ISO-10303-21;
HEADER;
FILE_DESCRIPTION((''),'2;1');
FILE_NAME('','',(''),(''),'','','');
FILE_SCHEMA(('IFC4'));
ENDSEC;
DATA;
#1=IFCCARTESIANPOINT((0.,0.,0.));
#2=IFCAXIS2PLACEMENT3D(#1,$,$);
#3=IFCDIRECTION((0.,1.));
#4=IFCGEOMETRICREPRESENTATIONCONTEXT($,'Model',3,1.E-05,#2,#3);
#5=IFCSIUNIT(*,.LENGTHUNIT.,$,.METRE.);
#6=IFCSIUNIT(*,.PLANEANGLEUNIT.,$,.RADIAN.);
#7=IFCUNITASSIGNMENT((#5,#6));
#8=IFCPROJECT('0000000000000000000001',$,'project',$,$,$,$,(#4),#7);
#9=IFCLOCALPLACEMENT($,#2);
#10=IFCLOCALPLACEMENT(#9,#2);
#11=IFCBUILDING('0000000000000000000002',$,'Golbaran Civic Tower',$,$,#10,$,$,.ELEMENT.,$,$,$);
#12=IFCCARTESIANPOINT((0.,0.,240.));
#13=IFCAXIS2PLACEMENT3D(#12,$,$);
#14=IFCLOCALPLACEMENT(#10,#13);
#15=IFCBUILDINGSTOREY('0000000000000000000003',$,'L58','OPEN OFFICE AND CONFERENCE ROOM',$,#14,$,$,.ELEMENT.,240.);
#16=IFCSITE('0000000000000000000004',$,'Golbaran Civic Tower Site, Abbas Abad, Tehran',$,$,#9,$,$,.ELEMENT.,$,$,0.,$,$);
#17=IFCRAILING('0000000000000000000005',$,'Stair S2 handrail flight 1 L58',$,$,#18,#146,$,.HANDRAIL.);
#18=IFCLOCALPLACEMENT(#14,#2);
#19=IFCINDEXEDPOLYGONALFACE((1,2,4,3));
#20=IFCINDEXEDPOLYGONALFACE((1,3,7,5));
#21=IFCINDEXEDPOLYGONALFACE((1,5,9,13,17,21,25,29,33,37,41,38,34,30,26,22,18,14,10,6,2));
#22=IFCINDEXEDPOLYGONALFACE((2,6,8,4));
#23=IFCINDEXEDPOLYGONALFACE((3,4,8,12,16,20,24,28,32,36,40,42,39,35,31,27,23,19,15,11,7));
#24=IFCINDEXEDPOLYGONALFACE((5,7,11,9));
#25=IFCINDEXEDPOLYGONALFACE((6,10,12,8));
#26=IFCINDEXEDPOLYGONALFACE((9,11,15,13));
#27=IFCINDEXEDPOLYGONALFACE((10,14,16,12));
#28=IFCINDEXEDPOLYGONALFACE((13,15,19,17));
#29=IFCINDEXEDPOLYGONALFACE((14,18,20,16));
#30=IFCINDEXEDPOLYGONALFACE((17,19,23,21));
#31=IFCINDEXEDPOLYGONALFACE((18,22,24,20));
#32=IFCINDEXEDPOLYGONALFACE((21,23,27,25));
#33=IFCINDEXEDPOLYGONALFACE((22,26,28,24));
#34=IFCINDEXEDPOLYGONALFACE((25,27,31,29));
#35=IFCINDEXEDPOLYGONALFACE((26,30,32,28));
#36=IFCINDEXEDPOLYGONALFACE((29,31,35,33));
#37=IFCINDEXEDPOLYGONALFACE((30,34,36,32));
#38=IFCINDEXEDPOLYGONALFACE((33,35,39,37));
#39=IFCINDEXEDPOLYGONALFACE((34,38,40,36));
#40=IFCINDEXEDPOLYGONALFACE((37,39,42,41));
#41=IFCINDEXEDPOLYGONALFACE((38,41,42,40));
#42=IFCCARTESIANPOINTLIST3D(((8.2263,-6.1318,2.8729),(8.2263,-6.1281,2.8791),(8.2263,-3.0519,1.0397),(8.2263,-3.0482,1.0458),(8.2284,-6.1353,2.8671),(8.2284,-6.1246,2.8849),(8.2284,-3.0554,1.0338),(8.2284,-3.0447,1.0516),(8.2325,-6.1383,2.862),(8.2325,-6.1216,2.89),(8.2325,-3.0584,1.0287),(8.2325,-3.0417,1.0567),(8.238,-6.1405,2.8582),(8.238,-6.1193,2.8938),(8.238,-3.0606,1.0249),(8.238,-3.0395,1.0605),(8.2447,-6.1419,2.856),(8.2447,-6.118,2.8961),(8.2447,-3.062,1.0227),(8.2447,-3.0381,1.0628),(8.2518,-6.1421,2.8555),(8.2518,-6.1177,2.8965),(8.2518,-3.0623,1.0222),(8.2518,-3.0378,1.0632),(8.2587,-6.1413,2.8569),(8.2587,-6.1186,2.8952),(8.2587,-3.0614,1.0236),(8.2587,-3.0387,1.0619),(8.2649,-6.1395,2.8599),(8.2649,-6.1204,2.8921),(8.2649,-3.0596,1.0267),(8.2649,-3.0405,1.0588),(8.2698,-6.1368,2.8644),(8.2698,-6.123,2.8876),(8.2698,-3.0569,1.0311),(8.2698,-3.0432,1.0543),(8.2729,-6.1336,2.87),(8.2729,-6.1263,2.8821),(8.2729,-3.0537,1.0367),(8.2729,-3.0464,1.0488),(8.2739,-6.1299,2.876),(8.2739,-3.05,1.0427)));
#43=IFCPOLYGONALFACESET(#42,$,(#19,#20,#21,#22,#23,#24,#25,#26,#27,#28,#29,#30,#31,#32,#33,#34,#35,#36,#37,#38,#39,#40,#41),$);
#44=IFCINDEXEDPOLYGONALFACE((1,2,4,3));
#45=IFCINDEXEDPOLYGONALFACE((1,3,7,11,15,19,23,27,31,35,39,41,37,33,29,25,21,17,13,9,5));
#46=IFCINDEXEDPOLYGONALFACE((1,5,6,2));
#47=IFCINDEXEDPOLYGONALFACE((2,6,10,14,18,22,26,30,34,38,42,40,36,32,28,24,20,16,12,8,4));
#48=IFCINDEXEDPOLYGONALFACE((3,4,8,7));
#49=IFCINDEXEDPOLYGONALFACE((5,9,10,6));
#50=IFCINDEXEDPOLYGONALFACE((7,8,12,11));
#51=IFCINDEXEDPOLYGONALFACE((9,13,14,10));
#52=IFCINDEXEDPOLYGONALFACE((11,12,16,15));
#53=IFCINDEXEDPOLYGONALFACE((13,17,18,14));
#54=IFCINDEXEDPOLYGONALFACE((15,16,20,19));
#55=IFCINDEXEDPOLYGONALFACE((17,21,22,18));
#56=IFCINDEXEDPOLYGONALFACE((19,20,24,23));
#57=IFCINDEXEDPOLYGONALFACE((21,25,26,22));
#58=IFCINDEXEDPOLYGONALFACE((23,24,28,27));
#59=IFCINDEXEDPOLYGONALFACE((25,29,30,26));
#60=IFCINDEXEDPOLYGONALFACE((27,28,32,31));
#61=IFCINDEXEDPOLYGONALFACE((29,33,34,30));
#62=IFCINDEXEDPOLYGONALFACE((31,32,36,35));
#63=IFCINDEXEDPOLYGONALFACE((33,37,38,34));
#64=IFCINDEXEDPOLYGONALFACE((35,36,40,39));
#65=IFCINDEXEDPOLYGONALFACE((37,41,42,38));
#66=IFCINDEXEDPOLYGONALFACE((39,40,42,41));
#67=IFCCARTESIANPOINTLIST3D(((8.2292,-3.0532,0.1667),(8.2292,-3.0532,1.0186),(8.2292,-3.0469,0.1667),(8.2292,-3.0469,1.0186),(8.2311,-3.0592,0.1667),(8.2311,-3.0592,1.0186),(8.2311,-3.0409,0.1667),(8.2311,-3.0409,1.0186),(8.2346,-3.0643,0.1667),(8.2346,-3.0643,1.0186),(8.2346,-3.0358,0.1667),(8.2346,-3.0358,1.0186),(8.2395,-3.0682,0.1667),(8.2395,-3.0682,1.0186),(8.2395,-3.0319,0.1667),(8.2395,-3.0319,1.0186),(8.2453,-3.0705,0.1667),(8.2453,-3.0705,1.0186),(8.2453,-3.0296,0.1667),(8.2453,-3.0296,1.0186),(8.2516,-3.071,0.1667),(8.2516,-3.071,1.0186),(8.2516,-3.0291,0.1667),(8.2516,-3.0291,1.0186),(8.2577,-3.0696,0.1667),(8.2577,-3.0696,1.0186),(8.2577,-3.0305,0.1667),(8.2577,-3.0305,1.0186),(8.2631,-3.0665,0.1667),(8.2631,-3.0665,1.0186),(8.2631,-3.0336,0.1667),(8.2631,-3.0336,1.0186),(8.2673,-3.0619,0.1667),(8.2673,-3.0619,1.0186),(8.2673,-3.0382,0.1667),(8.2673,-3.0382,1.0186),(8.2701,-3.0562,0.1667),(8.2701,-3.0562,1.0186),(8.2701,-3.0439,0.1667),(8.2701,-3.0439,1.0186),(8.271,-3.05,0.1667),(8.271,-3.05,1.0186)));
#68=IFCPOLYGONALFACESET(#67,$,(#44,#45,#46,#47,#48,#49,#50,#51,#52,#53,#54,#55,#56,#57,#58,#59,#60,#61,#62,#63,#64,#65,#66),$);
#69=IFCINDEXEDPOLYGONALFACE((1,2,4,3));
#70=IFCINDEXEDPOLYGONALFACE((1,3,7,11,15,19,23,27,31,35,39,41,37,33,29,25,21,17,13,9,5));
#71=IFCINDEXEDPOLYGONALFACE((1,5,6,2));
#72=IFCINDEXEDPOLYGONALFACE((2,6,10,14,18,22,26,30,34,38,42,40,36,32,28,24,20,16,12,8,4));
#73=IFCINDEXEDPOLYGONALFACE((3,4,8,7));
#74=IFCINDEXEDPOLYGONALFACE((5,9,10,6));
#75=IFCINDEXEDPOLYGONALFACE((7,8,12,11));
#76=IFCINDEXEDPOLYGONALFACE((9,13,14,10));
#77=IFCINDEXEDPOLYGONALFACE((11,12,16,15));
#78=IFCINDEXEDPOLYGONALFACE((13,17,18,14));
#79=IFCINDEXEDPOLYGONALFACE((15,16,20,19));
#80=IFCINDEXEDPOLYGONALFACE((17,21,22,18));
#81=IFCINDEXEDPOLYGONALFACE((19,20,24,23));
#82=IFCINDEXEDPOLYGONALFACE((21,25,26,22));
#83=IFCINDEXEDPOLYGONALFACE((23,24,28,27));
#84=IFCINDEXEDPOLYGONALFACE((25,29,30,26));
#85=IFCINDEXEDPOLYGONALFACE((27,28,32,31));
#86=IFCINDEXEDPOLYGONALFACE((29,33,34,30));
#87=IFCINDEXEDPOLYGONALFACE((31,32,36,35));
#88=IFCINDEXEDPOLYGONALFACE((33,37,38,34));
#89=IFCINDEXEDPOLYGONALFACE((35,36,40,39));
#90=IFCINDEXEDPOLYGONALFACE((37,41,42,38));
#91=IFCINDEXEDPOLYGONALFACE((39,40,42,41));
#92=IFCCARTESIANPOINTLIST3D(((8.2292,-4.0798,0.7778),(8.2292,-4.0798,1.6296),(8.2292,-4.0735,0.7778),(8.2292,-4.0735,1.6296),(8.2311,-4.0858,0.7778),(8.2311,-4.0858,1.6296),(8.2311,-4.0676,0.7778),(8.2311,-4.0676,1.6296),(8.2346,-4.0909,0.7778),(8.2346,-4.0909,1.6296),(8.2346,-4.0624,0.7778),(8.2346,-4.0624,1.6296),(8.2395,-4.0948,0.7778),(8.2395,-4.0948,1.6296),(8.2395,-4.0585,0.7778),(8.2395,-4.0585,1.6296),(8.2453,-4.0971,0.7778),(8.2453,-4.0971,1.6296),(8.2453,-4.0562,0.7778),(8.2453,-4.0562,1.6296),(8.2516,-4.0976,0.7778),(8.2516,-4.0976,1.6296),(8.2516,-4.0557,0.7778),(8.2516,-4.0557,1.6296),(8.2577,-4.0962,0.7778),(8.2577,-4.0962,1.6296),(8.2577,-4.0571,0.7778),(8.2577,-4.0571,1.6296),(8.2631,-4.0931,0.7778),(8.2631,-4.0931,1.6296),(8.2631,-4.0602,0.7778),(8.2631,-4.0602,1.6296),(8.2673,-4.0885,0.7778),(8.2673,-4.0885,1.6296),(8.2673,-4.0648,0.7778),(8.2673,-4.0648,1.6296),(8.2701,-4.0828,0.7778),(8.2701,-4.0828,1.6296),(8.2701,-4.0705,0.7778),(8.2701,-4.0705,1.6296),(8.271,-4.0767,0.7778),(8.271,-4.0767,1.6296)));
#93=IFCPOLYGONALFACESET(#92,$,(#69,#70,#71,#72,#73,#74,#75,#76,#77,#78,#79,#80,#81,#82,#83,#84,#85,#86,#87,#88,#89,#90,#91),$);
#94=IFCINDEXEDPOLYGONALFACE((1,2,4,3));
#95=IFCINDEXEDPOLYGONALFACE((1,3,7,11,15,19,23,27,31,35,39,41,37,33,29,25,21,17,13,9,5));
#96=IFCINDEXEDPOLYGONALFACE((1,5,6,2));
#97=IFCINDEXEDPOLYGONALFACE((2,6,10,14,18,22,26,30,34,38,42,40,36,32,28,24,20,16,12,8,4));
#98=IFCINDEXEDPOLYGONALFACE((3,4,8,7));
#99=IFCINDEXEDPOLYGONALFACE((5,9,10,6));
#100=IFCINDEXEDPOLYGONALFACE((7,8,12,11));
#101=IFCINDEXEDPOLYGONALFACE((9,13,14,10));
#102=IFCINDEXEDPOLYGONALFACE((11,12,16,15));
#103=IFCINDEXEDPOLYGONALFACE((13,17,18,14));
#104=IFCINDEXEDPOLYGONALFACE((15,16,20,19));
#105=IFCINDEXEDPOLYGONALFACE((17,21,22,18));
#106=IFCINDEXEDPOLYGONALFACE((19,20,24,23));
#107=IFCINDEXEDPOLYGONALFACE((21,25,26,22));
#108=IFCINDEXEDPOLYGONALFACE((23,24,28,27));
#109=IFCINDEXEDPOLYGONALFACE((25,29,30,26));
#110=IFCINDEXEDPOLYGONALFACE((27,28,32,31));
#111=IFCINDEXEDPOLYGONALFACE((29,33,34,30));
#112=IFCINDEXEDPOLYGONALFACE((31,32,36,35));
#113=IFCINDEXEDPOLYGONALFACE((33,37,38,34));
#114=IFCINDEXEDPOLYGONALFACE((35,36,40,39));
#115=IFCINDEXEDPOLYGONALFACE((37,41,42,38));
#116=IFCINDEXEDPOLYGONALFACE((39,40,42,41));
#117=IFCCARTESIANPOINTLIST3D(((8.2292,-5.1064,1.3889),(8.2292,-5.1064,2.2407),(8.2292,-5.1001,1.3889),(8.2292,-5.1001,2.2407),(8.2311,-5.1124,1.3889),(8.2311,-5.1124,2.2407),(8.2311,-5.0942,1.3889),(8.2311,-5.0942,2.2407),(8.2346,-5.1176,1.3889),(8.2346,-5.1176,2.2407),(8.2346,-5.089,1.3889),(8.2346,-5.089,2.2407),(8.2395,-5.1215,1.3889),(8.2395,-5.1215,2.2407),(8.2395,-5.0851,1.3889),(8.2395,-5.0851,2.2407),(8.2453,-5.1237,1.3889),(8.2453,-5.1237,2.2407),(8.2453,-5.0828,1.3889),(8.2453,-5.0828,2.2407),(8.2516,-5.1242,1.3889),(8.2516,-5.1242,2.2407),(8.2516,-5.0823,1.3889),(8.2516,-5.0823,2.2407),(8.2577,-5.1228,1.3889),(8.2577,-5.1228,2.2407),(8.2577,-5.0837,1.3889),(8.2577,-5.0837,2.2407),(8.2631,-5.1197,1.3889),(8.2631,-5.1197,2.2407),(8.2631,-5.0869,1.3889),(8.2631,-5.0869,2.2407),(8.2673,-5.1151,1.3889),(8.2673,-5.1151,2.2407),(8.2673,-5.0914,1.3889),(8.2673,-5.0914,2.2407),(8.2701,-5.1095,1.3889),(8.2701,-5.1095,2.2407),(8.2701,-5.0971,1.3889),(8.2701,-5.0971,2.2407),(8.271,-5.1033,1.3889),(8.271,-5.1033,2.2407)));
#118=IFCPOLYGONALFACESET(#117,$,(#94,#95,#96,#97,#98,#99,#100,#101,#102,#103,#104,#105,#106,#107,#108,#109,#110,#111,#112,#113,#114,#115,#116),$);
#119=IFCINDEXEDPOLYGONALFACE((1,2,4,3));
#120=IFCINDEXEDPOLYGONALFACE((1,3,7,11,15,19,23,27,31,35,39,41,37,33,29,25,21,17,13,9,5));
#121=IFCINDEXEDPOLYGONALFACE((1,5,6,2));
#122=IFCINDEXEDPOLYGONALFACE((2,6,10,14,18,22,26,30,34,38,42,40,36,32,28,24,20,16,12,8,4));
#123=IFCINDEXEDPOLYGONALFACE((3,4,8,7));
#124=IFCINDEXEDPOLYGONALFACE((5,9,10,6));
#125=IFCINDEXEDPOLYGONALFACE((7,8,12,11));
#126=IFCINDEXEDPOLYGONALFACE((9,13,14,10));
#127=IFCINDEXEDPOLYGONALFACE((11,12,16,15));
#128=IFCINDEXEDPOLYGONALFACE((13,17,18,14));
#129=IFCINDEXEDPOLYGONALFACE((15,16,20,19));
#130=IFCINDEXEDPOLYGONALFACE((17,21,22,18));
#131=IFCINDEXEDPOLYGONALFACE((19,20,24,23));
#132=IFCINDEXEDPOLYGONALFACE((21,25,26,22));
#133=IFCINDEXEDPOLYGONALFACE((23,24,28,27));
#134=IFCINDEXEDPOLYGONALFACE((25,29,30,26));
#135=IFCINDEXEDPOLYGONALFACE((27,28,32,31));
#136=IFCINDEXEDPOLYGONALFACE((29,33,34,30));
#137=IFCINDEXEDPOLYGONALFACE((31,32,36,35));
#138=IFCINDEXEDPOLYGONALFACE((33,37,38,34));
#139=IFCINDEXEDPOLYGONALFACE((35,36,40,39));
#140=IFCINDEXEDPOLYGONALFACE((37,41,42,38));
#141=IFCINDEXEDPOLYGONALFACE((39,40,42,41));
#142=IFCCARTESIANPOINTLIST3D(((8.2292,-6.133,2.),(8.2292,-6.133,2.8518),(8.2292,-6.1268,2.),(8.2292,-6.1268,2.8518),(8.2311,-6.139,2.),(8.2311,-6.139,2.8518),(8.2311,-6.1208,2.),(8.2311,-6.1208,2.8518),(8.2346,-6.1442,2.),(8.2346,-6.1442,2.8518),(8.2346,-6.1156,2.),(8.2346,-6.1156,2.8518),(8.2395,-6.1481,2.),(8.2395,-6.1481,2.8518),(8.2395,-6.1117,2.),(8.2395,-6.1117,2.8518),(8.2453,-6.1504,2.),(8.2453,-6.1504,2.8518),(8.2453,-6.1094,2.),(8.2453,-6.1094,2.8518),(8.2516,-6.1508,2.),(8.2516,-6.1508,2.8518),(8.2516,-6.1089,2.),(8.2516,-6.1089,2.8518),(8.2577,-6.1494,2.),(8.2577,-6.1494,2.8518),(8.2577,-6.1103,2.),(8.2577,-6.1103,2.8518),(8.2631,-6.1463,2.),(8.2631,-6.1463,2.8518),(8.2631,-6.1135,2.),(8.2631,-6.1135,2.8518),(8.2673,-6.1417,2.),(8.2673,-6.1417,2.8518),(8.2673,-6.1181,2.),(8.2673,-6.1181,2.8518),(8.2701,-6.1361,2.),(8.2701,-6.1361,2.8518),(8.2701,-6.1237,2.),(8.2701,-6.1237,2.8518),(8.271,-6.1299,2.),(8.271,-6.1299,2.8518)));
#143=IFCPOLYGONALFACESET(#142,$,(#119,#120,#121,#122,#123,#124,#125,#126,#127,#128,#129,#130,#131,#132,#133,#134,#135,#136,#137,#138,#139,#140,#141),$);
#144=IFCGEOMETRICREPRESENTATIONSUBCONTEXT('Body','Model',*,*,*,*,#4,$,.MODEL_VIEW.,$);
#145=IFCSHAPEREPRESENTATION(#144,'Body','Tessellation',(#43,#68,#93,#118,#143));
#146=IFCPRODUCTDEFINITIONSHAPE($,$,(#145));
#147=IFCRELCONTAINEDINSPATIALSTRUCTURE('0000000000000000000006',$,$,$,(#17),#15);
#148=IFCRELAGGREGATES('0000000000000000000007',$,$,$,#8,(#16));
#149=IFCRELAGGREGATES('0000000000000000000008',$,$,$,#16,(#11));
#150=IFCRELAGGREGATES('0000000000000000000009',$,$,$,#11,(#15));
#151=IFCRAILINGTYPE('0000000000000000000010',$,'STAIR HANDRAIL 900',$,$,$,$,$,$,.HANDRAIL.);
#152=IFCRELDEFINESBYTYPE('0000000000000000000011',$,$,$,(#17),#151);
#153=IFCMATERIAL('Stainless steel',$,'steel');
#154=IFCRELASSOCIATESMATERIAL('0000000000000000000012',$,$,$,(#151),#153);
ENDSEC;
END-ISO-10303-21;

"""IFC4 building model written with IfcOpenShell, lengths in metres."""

from ifc_helpers import new_model, si_unit, direction, frame, origin, origin_2d, place, context, subcontext, project, spatial, circle, extrude, material, type_object, element, save


model = new_model("IFC4")

# Units and contexts
model_context = context("Model", 3, precision=1e-05, world=origin(), true_north=direction((0.0, 1.0)))
body_context = subcontext(model_context, "Body", "Model", "MODEL_VIEW")
ifc_project = project(units=[si_unit("LENGTHUNIT", "METRE"), si_unit("PLANEANGLEUNIT", "RADIAN")], contexts=[model_context])

# Site, building, storey
site_placement = place(None, origin())
site = spatial("IfcSite", under=ifc_project, at=site_placement, Name="Golbaran Civic Tower Site, Abbas Abad, Tehran", CompositionType="ELEMENT", RefElevation=0.0)
building_placement = place(site_placement, origin())
building = spatial("IfcBuilding", under=site, at=building_placement, Name="Golbaran Civic Tower", CompositionType="ELEMENT")
storey_placement = place(building_placement, frame((0.0, 0.0, 240.0)))
storey = spatial("IfcBuildingStorey", under=building, at=storey_placement, Name="L58", Description="OPEN OFFICE AND CONFERENCE ROOM", CompositionType="ELEMENT", Elevation=240.0)

# Shared definitions
ifc_material_1 = material(Name="Stainless steel", Category="steel")

# Railing
railing_type = type_object("IfcRailingType", Name="STAIR HANDRAIL 900", PredefinedType="HANDRAIL", material=ifc_material_1)
railing_1_placement = place(storey_placement, frame((8.25, -3.05, 0.1667)))
element("IfcRailing", 1, at=railing_1_placement, inside=storey, type_object=railing_type, Name="Stair S2 handrail flight 1 L58", PredefinedType="HANDRAIL", context=body_context, shape_type="SweptSolid", body=[
    extrude(circle(Radius=0.0239, at=origin_2d()), frame((0.0, 0.0, 0.876), z_axis=(0.0, -0.859291, 0.511487), x_axis=(1.0, 0.0, 0.0)), (0.0, 0.0, 1.0), 3.5842),
    extrude(circle(Radius=0.021, at=origin_2d()), origin(), (0.0, 0.0, 1.0), 0.8518),
    extrude(circle(Radius=0.021, at=origin_2d()), frame((0.0, -1.0266, 0.6111)), (0.0, 0.0, 1.0), 0.8518),
    extrude(circle(Radius=0.021, at=origin_2d()), frame((0.0, -2.0532, 1.2222)), (0.0, 0.0, 1.0), 0.8518),
    extrude(circle(Radius=0.021, at=origin_2d()), frame((0.0, -3.0798, 1.8333)), (0.0, 0.0, 1.0), 0.8518),
])

save(model, "model.ifc")
